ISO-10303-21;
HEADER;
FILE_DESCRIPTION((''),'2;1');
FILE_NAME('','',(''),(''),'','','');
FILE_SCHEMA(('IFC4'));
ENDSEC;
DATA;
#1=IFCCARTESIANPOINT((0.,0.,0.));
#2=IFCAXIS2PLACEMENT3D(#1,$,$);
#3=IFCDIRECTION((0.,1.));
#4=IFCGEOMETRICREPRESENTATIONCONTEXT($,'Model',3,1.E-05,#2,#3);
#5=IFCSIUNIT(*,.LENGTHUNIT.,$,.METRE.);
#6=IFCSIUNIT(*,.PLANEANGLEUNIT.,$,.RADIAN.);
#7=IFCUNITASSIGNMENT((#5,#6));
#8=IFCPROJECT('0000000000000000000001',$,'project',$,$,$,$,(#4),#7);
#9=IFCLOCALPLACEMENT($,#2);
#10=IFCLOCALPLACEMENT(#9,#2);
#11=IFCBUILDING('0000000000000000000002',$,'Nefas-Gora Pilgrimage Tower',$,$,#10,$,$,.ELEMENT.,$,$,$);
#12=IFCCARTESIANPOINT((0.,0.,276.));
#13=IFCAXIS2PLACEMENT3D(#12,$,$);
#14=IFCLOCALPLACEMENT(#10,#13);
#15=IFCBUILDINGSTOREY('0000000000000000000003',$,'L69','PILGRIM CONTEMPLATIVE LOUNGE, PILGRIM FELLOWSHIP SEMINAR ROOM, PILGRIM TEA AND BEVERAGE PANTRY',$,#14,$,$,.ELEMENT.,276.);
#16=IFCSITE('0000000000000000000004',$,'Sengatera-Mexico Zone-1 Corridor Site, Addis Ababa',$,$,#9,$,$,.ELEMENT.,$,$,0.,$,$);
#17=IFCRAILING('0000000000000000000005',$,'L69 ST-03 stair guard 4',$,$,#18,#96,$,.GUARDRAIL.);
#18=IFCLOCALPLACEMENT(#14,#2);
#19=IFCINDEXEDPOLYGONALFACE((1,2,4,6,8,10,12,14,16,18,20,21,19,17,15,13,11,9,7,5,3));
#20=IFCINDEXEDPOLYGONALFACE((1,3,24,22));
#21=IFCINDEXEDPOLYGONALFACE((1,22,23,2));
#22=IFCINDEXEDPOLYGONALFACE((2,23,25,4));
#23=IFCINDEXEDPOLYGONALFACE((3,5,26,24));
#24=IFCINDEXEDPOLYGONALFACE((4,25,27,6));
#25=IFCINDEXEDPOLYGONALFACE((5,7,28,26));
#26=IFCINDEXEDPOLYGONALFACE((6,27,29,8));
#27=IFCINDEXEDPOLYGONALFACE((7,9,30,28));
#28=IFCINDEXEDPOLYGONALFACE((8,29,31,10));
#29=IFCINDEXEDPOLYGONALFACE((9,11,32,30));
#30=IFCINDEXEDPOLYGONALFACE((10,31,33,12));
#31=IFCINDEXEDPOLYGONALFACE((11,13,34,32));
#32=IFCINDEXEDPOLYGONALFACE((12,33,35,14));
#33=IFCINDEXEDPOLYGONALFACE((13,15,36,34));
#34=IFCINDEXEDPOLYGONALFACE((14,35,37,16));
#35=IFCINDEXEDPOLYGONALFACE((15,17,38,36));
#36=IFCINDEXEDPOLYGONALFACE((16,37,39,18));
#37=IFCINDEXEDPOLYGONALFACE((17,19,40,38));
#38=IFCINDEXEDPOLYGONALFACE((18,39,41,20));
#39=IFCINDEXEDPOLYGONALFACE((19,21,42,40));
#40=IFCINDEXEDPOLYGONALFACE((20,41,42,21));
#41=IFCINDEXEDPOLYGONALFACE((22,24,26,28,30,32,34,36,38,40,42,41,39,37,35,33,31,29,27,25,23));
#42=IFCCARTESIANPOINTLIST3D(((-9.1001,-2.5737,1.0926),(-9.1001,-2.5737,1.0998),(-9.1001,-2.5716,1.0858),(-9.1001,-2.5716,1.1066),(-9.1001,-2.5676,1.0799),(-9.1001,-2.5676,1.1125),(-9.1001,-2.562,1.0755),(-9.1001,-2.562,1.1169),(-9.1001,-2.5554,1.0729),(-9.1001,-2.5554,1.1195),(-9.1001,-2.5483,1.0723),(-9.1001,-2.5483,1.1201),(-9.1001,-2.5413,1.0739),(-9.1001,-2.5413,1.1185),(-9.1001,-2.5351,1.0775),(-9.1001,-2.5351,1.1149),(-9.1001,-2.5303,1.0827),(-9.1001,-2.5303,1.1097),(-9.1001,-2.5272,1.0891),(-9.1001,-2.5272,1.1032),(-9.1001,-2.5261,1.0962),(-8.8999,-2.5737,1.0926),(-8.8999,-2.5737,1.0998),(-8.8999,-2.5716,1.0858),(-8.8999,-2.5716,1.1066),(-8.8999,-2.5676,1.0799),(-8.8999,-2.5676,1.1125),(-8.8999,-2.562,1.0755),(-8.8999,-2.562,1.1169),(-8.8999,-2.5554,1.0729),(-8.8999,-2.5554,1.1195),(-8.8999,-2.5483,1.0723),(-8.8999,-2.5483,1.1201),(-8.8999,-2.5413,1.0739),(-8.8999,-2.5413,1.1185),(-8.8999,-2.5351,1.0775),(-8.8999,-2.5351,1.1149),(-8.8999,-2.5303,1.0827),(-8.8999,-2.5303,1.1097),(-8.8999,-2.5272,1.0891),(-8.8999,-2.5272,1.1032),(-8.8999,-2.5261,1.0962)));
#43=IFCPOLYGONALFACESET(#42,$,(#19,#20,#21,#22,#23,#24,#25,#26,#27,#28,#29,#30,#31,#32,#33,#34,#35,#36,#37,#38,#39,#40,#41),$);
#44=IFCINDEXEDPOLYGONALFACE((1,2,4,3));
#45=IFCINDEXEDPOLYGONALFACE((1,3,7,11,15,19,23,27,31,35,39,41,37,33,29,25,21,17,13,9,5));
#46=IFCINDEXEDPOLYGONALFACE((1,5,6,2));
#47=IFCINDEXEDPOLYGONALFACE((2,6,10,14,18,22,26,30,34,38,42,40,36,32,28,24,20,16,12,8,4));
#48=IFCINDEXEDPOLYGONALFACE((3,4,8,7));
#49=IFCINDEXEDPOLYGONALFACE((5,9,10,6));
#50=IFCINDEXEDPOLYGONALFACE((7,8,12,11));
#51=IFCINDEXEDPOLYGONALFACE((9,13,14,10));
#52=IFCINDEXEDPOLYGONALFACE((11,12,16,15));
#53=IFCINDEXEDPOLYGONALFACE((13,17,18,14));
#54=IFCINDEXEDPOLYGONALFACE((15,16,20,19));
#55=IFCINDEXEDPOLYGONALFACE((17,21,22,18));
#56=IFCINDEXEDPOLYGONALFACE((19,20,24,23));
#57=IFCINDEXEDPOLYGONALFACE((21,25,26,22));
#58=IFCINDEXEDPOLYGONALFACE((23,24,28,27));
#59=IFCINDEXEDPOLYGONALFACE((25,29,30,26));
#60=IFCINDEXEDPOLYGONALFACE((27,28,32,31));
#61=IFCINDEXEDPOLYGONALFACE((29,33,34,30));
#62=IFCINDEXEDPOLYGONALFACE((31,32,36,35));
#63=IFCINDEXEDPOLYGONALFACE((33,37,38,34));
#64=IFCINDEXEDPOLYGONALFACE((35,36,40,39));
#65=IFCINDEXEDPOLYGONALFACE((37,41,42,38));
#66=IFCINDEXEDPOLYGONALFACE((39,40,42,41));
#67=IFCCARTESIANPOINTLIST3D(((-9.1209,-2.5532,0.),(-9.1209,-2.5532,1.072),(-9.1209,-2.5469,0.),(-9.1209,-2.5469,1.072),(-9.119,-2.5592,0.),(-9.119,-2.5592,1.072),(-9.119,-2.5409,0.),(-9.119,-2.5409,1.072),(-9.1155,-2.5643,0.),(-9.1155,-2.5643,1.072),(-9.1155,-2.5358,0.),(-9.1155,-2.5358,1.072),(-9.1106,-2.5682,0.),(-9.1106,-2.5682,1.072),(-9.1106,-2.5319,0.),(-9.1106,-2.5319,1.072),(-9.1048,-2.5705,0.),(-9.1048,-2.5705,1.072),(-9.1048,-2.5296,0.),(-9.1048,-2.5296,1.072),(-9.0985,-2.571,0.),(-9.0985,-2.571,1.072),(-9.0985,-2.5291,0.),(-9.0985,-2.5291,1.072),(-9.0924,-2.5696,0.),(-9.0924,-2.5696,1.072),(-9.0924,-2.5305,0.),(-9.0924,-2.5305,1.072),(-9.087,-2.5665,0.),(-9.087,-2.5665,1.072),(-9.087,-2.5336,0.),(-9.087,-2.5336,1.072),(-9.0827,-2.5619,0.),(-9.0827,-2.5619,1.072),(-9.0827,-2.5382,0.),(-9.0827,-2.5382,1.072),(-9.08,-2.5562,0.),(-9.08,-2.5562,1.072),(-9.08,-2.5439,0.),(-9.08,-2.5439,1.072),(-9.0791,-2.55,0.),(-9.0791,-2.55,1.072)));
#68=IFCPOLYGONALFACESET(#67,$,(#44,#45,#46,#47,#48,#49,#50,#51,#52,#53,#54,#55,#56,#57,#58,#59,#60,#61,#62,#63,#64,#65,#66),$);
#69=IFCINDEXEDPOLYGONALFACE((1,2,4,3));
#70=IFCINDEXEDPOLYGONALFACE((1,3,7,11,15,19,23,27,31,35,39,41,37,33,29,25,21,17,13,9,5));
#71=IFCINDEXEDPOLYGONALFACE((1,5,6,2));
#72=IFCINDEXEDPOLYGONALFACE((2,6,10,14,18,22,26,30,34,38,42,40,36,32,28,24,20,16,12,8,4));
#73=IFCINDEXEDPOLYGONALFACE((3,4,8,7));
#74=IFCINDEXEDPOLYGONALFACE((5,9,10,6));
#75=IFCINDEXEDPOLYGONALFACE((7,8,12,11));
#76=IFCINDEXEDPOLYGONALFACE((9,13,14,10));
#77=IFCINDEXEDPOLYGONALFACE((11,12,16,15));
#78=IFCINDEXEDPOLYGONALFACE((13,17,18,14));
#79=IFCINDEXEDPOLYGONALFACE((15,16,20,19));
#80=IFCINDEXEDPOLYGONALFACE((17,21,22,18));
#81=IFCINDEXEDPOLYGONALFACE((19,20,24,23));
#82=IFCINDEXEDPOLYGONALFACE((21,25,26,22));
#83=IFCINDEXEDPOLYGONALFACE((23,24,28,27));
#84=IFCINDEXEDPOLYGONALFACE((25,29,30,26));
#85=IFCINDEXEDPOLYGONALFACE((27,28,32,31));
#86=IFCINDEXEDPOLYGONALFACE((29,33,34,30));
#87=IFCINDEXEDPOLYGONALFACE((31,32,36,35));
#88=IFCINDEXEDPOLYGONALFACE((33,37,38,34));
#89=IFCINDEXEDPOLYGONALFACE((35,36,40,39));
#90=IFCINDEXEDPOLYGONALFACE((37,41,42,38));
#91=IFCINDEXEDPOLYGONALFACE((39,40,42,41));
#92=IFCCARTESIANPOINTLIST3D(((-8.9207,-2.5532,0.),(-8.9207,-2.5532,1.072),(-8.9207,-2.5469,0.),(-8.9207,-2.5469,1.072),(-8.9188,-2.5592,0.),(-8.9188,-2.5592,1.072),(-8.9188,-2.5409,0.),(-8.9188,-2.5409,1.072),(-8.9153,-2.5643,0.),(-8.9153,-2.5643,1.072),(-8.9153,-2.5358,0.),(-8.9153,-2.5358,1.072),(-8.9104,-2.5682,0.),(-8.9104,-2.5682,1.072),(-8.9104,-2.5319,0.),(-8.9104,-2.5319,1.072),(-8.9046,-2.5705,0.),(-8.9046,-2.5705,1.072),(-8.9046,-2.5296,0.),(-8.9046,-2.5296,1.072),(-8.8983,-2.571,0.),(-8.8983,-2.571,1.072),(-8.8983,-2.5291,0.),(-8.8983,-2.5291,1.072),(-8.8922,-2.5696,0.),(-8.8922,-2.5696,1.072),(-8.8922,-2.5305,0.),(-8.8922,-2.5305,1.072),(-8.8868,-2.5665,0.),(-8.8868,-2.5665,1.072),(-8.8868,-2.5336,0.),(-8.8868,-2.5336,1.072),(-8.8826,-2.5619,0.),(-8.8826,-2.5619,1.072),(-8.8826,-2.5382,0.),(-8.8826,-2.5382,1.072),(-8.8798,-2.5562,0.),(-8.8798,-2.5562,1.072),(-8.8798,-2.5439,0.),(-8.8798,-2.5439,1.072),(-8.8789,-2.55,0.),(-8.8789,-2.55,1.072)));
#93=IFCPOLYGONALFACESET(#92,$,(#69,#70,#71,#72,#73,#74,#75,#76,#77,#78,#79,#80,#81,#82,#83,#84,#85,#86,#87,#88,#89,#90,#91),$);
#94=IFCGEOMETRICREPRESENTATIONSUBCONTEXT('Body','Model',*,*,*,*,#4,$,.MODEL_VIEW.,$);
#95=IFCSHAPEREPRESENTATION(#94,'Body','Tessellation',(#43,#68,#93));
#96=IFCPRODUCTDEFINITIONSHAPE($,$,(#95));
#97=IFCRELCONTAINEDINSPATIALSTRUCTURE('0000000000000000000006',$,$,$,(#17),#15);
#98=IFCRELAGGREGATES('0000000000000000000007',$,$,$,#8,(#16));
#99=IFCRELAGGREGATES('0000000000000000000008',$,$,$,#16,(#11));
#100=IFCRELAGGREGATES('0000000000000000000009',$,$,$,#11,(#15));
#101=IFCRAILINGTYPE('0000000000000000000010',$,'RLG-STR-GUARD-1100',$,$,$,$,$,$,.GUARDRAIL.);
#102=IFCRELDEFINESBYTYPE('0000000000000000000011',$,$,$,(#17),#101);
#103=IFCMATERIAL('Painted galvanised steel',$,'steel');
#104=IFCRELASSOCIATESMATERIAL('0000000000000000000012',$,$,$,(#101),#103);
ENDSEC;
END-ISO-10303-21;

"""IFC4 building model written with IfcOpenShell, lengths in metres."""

from ifc_helpers import new_model, si_unit, direction, frame, origin, origin_2d, place, context, subcontext, project, spatial, circle, extrude, material, type_object, element, save


model = new_model("IFC4")

# Units and contexts
model_context = context("Model", 3, precision=1e-05, world=origin(), true_north=direction((0.0, 1.0)))
body_context = subcontext(model_context, "Body", "Model", "MODEL_VIEW")
ifc_project = project(units=[si_unit("LENGTHUNIT", "METRE"), si_unit("PLANEANGLEUNIT", "RADIAN")], contexts=[model_context])

# Site, building, storey
site_placement = place(None, origin())
site = spatial("IfcSite", under=ifc_project, at=site_placement, Name="Sengatera-Mexico Zone-1 Corridor Site, Addis Ababa", CompositionType="ELEMENT", RefElevation=0.0)
building_placement = place(site_placement, origin())
building = spatial("IfcBuilding", under=site, at=building_placement, Name="Nefas-Gora Pilgrimage Tower", CompositionType="ELEMENT")
storey_placement = place(building_placement, frame((0.0, 0.0, 276.0)))
storey = spatial("IfcBuildingStorey", under=building, at=storey_placement, Name="L69", Description="PILGRIM CONTEMPLATIVE LOUNGE, PILGRIM FELLOWSHIP SEMINAR ROOM, PILGRIM TEA AND BEVERAGE PANTRY", CompositionType="ELEMENT", Elevation=276.0)

# Railing
ifc_material_1 = material(Name="Painted galvanised steel", Category="steel")
railing_type_1 = type_object("IfcRailingType", Name="RLG-STR-GUARD-1100", PredefinedType="GUARDRAIL", material=ifc_material_1)
railing_1_placement = place(storey_placement, frame((-9.1001, -2.55, 0.0)))
element("IfcRailing", 1, at=railing_1_placement, inside=storey, type_object=railing_type_1, Name="L69 ST-03 stair guard 4", PredefinedType="GUARDRAIL", context=body_context, shape_type="SweptSolid", body=[
    extrude(circle(Radius=0.0239, at=origin_2d()), frame((0.0, 0.0, 1.0962), z_axis=(1.0, 0.0, 0.0), x_axis=(0.0, 1.0, 0.0)), (0.0, 0.0, 1.0), 0.2002),
    extrude(circle(Radius=0.021, at=origin_2d()), origin(), (0.0, 0.0, 1.0), 1.072),
    extrude(circle(Radius=0.021, at=origin_2d()), frame((0.2002, 0.0, 0.0)), (0.0, 0.0, 1.0), 1.072),
])

save(model, "model.ifc")
